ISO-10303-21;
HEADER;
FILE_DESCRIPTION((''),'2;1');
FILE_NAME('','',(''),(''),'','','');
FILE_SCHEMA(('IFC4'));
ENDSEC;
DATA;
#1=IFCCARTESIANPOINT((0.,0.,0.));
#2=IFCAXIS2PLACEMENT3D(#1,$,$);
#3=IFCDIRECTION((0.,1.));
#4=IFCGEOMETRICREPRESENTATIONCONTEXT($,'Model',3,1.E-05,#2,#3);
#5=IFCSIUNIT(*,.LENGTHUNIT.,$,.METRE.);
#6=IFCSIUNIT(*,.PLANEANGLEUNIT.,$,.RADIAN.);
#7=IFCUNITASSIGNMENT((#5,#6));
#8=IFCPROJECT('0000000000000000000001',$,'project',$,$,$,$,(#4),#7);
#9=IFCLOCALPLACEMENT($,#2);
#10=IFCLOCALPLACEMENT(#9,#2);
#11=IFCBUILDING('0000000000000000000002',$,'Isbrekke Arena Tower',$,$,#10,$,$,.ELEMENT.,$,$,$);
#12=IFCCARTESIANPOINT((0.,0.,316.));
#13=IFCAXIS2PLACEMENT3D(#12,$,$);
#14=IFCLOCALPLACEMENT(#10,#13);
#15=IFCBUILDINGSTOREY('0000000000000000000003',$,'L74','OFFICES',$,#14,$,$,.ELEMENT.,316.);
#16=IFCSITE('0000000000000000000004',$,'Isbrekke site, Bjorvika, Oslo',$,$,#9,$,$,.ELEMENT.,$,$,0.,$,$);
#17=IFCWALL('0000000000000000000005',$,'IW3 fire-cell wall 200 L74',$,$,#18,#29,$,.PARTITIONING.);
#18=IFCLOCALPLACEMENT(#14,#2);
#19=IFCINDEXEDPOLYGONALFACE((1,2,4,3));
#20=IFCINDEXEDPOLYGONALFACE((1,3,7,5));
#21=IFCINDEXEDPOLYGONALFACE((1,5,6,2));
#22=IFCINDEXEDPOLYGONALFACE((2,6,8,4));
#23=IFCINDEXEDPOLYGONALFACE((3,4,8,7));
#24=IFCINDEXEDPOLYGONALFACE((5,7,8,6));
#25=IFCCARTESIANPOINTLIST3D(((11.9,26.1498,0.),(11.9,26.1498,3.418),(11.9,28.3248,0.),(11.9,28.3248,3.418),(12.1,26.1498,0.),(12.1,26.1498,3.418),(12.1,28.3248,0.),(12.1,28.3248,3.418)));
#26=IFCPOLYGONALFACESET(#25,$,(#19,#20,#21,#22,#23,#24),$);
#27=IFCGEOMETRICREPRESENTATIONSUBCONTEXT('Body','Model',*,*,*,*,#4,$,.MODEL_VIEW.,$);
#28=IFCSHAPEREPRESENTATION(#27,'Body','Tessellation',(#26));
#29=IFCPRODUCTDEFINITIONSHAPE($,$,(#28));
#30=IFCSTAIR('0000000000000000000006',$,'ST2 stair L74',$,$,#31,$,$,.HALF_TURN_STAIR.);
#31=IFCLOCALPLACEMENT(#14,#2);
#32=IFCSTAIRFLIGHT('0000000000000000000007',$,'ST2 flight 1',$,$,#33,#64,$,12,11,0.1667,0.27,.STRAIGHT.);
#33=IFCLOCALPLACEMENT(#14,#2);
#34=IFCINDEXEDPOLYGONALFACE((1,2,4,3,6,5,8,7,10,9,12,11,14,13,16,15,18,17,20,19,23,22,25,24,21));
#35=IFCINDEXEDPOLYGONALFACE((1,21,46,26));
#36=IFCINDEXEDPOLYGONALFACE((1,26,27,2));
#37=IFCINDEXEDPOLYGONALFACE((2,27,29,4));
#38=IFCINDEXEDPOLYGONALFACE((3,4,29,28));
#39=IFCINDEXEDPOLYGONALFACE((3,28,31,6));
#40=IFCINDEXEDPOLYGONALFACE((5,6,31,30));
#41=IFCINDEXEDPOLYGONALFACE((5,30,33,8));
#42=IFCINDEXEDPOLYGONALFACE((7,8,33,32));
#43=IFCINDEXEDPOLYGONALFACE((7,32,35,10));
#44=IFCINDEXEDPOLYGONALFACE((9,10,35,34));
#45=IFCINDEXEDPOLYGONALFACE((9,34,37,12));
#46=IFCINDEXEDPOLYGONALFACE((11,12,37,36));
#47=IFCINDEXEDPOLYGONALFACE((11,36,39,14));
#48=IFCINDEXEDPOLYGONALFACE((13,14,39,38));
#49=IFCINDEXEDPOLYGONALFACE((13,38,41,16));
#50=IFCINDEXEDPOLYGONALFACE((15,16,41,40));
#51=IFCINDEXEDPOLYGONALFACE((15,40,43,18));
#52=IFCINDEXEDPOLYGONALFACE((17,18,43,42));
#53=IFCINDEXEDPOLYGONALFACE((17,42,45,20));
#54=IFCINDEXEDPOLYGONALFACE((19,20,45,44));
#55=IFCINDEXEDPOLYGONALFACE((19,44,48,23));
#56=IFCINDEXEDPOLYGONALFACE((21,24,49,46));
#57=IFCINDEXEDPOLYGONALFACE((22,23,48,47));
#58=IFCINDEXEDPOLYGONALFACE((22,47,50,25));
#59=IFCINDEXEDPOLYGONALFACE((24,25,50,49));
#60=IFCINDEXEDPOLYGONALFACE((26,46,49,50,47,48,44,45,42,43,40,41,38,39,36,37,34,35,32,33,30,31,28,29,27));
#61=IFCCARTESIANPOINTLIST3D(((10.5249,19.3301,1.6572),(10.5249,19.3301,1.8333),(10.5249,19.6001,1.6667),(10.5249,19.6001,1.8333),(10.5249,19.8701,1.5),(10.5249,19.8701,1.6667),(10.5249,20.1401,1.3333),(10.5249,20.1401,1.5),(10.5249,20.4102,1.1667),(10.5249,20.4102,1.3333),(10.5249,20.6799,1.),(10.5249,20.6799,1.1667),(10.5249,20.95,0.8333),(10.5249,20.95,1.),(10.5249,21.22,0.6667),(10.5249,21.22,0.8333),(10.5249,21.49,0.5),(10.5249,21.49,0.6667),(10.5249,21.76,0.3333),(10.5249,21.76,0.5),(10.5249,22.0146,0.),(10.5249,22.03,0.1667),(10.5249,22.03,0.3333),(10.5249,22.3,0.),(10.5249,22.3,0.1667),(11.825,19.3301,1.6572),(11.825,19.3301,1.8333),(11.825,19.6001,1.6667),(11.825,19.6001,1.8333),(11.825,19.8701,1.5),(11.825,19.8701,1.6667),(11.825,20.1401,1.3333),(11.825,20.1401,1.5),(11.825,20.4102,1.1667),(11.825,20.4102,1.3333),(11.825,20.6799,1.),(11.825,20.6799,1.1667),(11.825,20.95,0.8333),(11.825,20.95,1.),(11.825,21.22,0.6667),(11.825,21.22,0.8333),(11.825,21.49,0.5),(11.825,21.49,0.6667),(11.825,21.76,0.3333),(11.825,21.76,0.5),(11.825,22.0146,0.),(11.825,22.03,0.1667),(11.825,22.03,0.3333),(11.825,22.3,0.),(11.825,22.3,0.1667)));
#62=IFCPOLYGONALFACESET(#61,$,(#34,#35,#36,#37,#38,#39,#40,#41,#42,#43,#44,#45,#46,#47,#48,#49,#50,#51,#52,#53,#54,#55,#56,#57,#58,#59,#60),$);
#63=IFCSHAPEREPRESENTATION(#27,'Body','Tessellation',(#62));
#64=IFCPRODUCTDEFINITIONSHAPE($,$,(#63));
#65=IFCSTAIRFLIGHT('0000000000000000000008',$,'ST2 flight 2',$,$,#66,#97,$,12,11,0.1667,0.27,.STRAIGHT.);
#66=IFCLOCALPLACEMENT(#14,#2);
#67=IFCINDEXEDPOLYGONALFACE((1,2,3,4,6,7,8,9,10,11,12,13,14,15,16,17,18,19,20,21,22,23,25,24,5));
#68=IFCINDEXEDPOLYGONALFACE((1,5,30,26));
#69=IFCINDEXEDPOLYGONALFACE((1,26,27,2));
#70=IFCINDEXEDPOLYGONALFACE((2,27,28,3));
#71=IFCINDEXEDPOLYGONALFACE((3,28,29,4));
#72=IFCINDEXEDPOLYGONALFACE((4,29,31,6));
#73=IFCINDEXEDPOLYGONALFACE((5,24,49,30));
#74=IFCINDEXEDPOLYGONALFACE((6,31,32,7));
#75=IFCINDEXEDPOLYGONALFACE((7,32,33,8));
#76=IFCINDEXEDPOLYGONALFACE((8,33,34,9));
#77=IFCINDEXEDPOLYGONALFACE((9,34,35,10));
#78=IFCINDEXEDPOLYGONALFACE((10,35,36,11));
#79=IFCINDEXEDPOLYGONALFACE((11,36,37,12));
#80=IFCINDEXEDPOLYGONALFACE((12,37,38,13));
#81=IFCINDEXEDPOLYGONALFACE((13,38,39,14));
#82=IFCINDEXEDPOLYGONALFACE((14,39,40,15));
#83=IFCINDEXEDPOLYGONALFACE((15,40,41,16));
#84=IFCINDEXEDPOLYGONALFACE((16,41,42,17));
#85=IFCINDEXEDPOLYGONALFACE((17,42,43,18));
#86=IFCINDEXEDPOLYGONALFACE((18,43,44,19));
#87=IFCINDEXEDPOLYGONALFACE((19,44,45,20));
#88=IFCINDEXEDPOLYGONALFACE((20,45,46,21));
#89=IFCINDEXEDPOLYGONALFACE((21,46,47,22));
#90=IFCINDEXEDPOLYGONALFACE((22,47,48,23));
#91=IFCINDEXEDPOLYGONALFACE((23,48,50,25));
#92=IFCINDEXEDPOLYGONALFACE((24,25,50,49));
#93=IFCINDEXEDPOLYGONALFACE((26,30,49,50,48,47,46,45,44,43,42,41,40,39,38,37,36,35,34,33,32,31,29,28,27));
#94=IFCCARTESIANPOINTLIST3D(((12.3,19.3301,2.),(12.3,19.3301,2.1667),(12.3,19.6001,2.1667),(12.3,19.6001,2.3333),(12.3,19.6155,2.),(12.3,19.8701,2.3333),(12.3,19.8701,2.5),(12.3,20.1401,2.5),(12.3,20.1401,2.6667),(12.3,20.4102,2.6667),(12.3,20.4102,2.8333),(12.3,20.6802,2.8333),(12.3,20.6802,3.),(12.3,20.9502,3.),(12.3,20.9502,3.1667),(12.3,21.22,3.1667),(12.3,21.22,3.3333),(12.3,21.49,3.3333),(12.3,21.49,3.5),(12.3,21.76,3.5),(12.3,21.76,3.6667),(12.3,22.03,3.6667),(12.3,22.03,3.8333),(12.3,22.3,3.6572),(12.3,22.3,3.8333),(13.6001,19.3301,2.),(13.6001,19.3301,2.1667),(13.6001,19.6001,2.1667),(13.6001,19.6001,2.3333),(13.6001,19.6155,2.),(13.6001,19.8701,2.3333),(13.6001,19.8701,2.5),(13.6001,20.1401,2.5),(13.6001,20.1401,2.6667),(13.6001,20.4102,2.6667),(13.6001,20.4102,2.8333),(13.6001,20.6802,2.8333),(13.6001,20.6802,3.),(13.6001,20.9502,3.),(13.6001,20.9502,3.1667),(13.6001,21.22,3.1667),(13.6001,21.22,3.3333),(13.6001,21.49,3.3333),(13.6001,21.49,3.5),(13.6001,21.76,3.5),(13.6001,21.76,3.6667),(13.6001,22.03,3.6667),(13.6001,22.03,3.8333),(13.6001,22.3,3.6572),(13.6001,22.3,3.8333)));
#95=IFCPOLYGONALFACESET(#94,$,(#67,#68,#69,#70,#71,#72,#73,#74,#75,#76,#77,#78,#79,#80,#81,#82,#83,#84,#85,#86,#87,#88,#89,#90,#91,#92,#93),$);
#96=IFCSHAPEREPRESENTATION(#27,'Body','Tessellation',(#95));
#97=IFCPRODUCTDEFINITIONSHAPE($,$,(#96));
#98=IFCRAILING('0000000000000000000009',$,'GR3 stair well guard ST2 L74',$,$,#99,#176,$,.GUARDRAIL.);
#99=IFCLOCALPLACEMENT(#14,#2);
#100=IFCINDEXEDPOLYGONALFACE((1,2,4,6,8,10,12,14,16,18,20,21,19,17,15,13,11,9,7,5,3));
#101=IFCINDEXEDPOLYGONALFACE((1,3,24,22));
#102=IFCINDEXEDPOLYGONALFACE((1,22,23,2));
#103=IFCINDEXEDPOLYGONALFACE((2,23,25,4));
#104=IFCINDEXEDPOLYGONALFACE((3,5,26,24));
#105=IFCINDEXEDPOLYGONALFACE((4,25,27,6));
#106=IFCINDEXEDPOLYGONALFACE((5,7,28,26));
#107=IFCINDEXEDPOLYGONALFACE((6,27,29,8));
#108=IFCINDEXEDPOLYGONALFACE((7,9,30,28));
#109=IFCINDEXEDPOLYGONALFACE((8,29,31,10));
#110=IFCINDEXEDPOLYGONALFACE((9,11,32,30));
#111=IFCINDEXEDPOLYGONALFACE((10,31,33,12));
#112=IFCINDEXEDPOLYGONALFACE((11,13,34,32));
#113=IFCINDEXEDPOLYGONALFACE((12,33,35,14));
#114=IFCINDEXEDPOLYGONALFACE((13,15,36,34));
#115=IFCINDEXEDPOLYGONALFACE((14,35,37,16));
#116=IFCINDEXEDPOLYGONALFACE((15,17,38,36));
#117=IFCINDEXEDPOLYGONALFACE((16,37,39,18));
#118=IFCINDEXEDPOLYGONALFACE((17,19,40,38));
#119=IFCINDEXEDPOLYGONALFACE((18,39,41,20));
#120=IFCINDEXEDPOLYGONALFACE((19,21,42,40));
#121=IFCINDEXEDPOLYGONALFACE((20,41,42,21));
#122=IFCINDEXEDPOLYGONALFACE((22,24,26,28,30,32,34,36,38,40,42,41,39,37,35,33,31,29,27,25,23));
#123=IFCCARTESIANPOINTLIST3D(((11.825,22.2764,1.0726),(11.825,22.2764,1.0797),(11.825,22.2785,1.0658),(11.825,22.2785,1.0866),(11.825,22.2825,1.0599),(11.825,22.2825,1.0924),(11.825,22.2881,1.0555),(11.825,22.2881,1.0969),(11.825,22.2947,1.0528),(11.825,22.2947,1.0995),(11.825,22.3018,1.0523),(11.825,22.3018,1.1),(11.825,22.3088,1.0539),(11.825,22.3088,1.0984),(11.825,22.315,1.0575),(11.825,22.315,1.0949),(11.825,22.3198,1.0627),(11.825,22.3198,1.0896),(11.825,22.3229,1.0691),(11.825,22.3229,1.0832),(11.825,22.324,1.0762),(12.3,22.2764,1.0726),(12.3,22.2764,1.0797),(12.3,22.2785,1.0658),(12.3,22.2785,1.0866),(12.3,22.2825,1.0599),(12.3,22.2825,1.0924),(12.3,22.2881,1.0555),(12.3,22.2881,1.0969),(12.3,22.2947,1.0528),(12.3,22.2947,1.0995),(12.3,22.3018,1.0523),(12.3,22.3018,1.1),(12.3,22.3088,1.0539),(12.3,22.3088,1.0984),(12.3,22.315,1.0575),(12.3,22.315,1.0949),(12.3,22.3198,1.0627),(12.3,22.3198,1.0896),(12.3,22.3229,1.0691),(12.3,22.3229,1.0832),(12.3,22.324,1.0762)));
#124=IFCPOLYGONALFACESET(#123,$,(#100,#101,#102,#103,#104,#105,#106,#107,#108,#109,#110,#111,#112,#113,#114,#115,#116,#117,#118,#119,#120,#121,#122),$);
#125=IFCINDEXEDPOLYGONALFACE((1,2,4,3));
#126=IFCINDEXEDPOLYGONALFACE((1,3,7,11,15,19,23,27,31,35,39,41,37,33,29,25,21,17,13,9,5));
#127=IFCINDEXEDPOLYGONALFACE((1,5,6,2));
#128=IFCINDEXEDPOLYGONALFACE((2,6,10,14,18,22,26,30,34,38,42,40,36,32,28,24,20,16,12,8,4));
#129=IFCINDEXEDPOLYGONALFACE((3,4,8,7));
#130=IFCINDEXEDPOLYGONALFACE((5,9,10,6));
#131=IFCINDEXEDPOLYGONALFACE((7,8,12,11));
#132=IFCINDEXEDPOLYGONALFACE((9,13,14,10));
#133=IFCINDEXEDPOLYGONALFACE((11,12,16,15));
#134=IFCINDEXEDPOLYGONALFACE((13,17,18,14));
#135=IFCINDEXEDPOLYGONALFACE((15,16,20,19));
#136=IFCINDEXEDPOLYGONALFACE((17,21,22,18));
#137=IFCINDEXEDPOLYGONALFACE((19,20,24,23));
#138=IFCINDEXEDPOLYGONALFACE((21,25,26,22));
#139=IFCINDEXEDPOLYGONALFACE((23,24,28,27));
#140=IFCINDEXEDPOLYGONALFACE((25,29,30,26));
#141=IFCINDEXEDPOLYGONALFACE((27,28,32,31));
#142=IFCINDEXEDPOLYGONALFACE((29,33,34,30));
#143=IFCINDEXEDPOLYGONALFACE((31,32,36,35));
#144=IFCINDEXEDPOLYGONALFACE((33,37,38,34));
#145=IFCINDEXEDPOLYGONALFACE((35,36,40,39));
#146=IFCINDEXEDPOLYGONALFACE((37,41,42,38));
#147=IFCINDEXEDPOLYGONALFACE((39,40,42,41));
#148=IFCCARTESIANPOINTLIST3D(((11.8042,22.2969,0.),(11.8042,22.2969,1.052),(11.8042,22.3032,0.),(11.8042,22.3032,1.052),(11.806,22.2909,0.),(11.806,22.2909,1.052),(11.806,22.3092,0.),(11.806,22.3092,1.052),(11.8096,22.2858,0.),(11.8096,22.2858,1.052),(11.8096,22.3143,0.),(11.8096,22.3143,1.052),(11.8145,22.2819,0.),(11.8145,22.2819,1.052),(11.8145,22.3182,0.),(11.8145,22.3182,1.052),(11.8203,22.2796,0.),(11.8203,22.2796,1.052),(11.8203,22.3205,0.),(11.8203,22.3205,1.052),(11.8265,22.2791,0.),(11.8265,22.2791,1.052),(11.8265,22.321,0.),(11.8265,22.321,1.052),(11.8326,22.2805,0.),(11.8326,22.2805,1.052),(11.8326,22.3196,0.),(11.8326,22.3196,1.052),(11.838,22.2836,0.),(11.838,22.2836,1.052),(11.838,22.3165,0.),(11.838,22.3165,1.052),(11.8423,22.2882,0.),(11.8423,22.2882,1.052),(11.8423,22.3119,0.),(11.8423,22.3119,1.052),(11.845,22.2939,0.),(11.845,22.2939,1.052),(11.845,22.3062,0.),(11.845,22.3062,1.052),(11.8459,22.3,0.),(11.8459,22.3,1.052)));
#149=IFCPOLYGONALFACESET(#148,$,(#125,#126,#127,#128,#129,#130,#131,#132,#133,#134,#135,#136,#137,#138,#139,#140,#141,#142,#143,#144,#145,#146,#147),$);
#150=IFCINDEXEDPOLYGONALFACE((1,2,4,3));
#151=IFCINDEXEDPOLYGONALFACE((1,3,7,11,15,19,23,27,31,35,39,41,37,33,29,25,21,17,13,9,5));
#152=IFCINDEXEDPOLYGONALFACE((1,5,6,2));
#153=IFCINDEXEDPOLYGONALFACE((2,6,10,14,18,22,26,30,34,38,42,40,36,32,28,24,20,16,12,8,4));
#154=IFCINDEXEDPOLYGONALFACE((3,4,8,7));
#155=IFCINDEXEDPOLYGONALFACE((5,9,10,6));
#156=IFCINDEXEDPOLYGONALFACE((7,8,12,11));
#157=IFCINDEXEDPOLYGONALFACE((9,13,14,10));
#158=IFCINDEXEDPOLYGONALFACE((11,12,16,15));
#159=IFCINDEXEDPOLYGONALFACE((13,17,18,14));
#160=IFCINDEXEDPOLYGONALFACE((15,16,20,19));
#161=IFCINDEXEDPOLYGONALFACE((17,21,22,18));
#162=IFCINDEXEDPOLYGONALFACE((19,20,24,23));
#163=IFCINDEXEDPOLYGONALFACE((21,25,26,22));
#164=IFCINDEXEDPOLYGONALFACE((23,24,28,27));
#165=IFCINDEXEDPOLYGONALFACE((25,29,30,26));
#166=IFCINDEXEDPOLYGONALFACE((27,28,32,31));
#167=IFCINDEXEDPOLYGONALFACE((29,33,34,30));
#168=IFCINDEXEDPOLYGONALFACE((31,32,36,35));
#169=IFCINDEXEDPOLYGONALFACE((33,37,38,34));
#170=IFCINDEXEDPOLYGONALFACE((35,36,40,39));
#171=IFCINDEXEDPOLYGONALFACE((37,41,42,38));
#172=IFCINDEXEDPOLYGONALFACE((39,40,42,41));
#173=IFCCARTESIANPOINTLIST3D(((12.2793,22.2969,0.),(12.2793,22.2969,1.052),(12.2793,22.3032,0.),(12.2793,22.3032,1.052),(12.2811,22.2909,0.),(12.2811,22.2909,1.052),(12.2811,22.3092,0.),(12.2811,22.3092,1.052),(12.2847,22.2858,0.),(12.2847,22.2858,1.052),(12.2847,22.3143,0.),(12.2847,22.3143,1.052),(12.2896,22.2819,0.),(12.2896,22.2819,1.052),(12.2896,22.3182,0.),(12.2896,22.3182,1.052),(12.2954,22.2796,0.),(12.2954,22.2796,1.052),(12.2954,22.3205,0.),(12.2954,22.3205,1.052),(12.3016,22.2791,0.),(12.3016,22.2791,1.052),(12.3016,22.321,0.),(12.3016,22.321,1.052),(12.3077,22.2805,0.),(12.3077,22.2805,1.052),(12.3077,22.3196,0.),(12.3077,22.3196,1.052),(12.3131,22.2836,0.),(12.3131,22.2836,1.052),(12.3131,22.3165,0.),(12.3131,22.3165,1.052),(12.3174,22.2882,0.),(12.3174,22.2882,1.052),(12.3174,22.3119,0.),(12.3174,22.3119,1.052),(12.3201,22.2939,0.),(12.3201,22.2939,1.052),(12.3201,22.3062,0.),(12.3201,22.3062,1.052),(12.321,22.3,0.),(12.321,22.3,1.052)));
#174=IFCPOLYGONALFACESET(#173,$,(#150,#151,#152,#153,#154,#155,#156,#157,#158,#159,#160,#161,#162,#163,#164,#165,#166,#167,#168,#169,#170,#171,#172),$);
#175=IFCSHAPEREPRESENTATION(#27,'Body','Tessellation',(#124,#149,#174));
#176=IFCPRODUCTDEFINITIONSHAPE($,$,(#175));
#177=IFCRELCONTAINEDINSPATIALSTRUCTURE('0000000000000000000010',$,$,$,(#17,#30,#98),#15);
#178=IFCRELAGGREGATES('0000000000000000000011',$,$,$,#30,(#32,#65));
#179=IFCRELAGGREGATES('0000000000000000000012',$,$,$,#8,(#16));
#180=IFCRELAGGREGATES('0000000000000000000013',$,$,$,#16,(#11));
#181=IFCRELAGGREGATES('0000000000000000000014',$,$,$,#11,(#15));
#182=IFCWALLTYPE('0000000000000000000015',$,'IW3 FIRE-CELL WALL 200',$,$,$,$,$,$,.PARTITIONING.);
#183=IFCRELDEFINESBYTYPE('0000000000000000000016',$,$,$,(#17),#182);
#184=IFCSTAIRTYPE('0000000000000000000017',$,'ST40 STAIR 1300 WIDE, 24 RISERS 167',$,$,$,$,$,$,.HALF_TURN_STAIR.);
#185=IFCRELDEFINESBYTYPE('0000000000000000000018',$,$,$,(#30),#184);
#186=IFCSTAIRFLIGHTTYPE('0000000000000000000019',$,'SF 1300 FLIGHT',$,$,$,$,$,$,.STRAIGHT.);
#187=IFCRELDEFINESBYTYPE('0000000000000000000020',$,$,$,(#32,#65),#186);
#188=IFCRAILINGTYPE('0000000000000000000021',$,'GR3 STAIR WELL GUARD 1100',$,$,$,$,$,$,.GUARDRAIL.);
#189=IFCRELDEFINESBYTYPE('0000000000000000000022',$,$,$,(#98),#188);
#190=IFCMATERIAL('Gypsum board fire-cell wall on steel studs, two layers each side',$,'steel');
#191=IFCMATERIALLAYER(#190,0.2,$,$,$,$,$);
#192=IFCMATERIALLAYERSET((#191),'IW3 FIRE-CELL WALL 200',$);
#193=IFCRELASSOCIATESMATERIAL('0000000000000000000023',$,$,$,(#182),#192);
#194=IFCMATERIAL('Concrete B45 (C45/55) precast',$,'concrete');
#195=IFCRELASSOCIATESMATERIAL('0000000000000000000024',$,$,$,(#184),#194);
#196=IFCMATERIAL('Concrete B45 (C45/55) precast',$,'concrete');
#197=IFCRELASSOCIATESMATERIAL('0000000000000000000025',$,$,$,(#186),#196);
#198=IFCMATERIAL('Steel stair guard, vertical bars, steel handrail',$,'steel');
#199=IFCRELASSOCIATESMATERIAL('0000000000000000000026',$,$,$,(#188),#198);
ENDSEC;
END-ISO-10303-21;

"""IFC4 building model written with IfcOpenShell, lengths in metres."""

from ifc_helpers import new_model, si_unit, direction, frame, frame_2d, origin, origin_2d, place, context, subcontext, project, spatial, polyline, rectangle, circle, outline, extrude, material, layer, layer_set, type_object, element, aggregate, save


model = new_model("IFC4")

# Units and contexts
model_context = context("Model", 3, precision=1e-05, world=origin(), true_north=direction((0.0, 1.0)))
body_context = subcontext(model_context, "Body", "Model", "MODEL_VIEW")
ifc_project = project(units=[si_unit("LENGTHUNIT", "METRE"), si_unit("PLANEANGLEUNIT", "RADIAN")], contexts=[model_context])

# Site, building, storey
site_placement = place(None, origin())
site = spatial("IfcSite", under=ifc_project, at=site_placement, Name="Isbrekke site, Bjorvika, Oslo", CompositionType="ELEMENT", RefElevation=0.0)
building_placement = place(site_placement, origin())
building = spatial("IfcBuilding", under=site, at=building_placement, Name="Isbrekke Arena Tower", CompositionType="ELEMENT")
storey_placement = place(building_placement, frame((0.0, 0.0, 316.0)))
storey = spatial("IfcBuildingStorey", under=building, at=storey_placement, Name="L74", Description="OFFICES", CompositionType="ELEMENT", Elevation=316.0)

# Wall
ifc_material_1 = material(Name="Gypsum board fire-cell wall on steel studs, two layers each side", Category="steel")
ifc_layer_1 = layer(ifc_material_1, 0.2)
ifc_layer_set_1 = layer_set([ifc_layer_1], Name="IW3 FIRE-CELL WALL 200")
wall_type_1 = type_object("IfcWallType", Name="IW3 FIRE-CELL WALL 200", PredefinedType="PARTITIONING", material=ifc_layer_set_1)
wall_1_placement = place(storey_placement, frame((12.0, 26.1499, 0.0), z_axis=(0.0, 0.0, 1.0), x_axis=(0.0, 1.0, 0.0)))
element("IfcWall", 1, at=wall_1_placement, inside=storey, type_object=wall_type_1, Name="IW3 fire-cell wall 200 L74", PredefinedType="PARTITIONING", context=body_context, shape_type="SweptSolid", body=[
    extrude(rectangle(XDim=2.175, YDim=0.2, at=frame_2d((1.0874, 0.0))), origin(), (0.0, 0.0, 1.0), 3.418),
])

# Stair, stair flights
ifc_material_2 = material(Name="Concrete B45 (C45/55) precast", Category="concrete")
stair_type = type_object("IfcStairType", Name="ST40 STAIR 1300 WIDE, 24 RISERS 167", PredefinedType="HALF_TURN_STAIR", material=ifc_material_2)
stair_placement = place(storey_placement, origin())
stair = element("IfcStair", 2, at=stair_placement, inside=storey, type_object=stair_type, Name="ST2 stair L74", PredefinedType="HALF_TURN_STAIR")
ifc_material_3 = material(Name="Concrete B45 (C45/55) precast", Category="concrete")
stair_flight_type = type_object("IfcStairFlightType", Name="SF 1300 FLIGHT", PredefinedType="STRAIGHT", material=ifc_material_3)
stair_flight_1_placement = place(storey_placement, frame((11.175, 22.3, 0.0), z_axis=(0.0, 0.0, 1.0), x_axis=(0.0, -1.0, 0.0)))
stair_flight_1 = element("IfcStairFlight", 3, at=stair_flight_1_placement, type_object=stair_flight_type, Name="ST2 flight 1", NumberOfRisers=12, NumberOfTreads=11, PredefinedType="STRAIGHT", RiserHeight=0.1667, TreadLength=0.27, context=body_context, shape_type="SweptSolid", body=[
    extrude(outline(polyline([(0.0, 0.0), (0.0, 0.1667), (0.27, 0.1667), (0.27, 0.3333), (0.54, 0.3333), (0.54, 0.5), (0.8101, 0.5), (0.8101, 0.6667), (1.0801, 0.6667), (1.0801, 0.8333), (1.3501, 0.8333), (1.3501, 1.0), (1.6201, 1.0), (1.6201, 1.1667), (1.8899, 1.1667), (1.8899, 1.3333), (2.1599, 1.3333), (2.1599, 1.5), (2.4299, 1.5), (2.4299, 1.6667), (2.7, 1.6667), (2.7, 1.8333), (2.97, 1.8333), (2.97, 2.0), (2.97, 1.6572), (0.2854, 0.0), (0.0, 0.0)])), frame((0.0, 0.6499, 0.0), z_axis=(0.0, -1.0, 0.0), x_axis=(1.0, 0.0, 0.0)), (0.0, 0.0, 1.0), 1.3),
])
stair_flight_2_placement = place(storey_placement, frame((12.95, 19.3301, 2.0), z_axis=(0.0, 0.0, 1.0), x_axis=(0.0, 1.0, 0.0)))
stair_flight_2 = element("IfcStairFlight", 4, at=stair_flight_2_placement, type_object=stair_flight_type, Name="ST2 flight 2", NumberOfRisers=12, NumberOfTreads=11, PredefinedType="STRAIGHT", RiserHeight=0.1667, TreadLength=0.27, context=body_context, shape_type="SweptSolid", body=[
    extrude(outline(polyline([(0.0, 0.0), (0.0, 0.1667), (0.27, 0.1667), (0.27, 0.3333), (0.54, 0.3333), (0.54, 0.5), (0.8101, 0.5), (0.8101, 0.6667), (1.0801, 0.6667), (1.0801, 0.8333), (1.3501, 0.8333), (1.3501, 1.0), (1.6201, 1.0), (1.6201, 1.1667), (1.8899, 1.1667), (1.8899, 1.3333), (2.1599, 1.3333), (2.1599, 1.5), (2.4299, 1.5), (2.4299, 1.6667), (2.7, 1.6667), (2.7, 1.8333), (2.97, 1.8333), (2.97, 2.0), (2.97, 1.6572), (0.2854, 0.0), (0.0, 0.0)])), frame((0.0, 0.6499, 0.0), z_axis=(0.0, -1.0, 0.0), x_axis=(1.0, 0.0, 0.0)), (0.0, 0.0, 1.0), 1.3),
])
aggregate(stair, [stair_flight_1, stair_flight_2])

# Railing
ifc_material_4 = material(Name="Steel stair guard, vertical bars, steel handrail", Category="steel")
railing_type = type_object("IfcRailingType", Name="GR3 STAIR WELL GUARD 1100", PredefinedType="GUARDRAIL", material=ifc_material_4)
for number, where, name in (
    (5, (11.825, 22.3, 0.0), "GR3 stair well guard ST2 L74"),
):
    element("IfcRailing", number, at=place(storey_placement, frame(where)), inside=storey, type_object=railing_type, Name=name, PredefinedType="GUARDRAIL", context=body_context, shape_type="SweptSolid", body=[
        extrude(circle(Radius=0.0239, at=origin_2d()), frame((0.0, 0.0, 1.0762), z_axis=(1.0, 0.0, 0.0), x_axis=(0.0, 1.0, 0.0)), (0.0, 0.0, 1.0), 0.4751),
        extrude(circle(Radius=0.021, at=origin_2d()), origin(), (0.0, 0.0, 1.0), 1.052),
        extrude(circle(Radius=0.021, at=origin_2d()), frame((0.4751, 0.0, 0.0)), (0.0, 0.0, 1.0), 1.052),
    ])

save(model, "model.ifc")
